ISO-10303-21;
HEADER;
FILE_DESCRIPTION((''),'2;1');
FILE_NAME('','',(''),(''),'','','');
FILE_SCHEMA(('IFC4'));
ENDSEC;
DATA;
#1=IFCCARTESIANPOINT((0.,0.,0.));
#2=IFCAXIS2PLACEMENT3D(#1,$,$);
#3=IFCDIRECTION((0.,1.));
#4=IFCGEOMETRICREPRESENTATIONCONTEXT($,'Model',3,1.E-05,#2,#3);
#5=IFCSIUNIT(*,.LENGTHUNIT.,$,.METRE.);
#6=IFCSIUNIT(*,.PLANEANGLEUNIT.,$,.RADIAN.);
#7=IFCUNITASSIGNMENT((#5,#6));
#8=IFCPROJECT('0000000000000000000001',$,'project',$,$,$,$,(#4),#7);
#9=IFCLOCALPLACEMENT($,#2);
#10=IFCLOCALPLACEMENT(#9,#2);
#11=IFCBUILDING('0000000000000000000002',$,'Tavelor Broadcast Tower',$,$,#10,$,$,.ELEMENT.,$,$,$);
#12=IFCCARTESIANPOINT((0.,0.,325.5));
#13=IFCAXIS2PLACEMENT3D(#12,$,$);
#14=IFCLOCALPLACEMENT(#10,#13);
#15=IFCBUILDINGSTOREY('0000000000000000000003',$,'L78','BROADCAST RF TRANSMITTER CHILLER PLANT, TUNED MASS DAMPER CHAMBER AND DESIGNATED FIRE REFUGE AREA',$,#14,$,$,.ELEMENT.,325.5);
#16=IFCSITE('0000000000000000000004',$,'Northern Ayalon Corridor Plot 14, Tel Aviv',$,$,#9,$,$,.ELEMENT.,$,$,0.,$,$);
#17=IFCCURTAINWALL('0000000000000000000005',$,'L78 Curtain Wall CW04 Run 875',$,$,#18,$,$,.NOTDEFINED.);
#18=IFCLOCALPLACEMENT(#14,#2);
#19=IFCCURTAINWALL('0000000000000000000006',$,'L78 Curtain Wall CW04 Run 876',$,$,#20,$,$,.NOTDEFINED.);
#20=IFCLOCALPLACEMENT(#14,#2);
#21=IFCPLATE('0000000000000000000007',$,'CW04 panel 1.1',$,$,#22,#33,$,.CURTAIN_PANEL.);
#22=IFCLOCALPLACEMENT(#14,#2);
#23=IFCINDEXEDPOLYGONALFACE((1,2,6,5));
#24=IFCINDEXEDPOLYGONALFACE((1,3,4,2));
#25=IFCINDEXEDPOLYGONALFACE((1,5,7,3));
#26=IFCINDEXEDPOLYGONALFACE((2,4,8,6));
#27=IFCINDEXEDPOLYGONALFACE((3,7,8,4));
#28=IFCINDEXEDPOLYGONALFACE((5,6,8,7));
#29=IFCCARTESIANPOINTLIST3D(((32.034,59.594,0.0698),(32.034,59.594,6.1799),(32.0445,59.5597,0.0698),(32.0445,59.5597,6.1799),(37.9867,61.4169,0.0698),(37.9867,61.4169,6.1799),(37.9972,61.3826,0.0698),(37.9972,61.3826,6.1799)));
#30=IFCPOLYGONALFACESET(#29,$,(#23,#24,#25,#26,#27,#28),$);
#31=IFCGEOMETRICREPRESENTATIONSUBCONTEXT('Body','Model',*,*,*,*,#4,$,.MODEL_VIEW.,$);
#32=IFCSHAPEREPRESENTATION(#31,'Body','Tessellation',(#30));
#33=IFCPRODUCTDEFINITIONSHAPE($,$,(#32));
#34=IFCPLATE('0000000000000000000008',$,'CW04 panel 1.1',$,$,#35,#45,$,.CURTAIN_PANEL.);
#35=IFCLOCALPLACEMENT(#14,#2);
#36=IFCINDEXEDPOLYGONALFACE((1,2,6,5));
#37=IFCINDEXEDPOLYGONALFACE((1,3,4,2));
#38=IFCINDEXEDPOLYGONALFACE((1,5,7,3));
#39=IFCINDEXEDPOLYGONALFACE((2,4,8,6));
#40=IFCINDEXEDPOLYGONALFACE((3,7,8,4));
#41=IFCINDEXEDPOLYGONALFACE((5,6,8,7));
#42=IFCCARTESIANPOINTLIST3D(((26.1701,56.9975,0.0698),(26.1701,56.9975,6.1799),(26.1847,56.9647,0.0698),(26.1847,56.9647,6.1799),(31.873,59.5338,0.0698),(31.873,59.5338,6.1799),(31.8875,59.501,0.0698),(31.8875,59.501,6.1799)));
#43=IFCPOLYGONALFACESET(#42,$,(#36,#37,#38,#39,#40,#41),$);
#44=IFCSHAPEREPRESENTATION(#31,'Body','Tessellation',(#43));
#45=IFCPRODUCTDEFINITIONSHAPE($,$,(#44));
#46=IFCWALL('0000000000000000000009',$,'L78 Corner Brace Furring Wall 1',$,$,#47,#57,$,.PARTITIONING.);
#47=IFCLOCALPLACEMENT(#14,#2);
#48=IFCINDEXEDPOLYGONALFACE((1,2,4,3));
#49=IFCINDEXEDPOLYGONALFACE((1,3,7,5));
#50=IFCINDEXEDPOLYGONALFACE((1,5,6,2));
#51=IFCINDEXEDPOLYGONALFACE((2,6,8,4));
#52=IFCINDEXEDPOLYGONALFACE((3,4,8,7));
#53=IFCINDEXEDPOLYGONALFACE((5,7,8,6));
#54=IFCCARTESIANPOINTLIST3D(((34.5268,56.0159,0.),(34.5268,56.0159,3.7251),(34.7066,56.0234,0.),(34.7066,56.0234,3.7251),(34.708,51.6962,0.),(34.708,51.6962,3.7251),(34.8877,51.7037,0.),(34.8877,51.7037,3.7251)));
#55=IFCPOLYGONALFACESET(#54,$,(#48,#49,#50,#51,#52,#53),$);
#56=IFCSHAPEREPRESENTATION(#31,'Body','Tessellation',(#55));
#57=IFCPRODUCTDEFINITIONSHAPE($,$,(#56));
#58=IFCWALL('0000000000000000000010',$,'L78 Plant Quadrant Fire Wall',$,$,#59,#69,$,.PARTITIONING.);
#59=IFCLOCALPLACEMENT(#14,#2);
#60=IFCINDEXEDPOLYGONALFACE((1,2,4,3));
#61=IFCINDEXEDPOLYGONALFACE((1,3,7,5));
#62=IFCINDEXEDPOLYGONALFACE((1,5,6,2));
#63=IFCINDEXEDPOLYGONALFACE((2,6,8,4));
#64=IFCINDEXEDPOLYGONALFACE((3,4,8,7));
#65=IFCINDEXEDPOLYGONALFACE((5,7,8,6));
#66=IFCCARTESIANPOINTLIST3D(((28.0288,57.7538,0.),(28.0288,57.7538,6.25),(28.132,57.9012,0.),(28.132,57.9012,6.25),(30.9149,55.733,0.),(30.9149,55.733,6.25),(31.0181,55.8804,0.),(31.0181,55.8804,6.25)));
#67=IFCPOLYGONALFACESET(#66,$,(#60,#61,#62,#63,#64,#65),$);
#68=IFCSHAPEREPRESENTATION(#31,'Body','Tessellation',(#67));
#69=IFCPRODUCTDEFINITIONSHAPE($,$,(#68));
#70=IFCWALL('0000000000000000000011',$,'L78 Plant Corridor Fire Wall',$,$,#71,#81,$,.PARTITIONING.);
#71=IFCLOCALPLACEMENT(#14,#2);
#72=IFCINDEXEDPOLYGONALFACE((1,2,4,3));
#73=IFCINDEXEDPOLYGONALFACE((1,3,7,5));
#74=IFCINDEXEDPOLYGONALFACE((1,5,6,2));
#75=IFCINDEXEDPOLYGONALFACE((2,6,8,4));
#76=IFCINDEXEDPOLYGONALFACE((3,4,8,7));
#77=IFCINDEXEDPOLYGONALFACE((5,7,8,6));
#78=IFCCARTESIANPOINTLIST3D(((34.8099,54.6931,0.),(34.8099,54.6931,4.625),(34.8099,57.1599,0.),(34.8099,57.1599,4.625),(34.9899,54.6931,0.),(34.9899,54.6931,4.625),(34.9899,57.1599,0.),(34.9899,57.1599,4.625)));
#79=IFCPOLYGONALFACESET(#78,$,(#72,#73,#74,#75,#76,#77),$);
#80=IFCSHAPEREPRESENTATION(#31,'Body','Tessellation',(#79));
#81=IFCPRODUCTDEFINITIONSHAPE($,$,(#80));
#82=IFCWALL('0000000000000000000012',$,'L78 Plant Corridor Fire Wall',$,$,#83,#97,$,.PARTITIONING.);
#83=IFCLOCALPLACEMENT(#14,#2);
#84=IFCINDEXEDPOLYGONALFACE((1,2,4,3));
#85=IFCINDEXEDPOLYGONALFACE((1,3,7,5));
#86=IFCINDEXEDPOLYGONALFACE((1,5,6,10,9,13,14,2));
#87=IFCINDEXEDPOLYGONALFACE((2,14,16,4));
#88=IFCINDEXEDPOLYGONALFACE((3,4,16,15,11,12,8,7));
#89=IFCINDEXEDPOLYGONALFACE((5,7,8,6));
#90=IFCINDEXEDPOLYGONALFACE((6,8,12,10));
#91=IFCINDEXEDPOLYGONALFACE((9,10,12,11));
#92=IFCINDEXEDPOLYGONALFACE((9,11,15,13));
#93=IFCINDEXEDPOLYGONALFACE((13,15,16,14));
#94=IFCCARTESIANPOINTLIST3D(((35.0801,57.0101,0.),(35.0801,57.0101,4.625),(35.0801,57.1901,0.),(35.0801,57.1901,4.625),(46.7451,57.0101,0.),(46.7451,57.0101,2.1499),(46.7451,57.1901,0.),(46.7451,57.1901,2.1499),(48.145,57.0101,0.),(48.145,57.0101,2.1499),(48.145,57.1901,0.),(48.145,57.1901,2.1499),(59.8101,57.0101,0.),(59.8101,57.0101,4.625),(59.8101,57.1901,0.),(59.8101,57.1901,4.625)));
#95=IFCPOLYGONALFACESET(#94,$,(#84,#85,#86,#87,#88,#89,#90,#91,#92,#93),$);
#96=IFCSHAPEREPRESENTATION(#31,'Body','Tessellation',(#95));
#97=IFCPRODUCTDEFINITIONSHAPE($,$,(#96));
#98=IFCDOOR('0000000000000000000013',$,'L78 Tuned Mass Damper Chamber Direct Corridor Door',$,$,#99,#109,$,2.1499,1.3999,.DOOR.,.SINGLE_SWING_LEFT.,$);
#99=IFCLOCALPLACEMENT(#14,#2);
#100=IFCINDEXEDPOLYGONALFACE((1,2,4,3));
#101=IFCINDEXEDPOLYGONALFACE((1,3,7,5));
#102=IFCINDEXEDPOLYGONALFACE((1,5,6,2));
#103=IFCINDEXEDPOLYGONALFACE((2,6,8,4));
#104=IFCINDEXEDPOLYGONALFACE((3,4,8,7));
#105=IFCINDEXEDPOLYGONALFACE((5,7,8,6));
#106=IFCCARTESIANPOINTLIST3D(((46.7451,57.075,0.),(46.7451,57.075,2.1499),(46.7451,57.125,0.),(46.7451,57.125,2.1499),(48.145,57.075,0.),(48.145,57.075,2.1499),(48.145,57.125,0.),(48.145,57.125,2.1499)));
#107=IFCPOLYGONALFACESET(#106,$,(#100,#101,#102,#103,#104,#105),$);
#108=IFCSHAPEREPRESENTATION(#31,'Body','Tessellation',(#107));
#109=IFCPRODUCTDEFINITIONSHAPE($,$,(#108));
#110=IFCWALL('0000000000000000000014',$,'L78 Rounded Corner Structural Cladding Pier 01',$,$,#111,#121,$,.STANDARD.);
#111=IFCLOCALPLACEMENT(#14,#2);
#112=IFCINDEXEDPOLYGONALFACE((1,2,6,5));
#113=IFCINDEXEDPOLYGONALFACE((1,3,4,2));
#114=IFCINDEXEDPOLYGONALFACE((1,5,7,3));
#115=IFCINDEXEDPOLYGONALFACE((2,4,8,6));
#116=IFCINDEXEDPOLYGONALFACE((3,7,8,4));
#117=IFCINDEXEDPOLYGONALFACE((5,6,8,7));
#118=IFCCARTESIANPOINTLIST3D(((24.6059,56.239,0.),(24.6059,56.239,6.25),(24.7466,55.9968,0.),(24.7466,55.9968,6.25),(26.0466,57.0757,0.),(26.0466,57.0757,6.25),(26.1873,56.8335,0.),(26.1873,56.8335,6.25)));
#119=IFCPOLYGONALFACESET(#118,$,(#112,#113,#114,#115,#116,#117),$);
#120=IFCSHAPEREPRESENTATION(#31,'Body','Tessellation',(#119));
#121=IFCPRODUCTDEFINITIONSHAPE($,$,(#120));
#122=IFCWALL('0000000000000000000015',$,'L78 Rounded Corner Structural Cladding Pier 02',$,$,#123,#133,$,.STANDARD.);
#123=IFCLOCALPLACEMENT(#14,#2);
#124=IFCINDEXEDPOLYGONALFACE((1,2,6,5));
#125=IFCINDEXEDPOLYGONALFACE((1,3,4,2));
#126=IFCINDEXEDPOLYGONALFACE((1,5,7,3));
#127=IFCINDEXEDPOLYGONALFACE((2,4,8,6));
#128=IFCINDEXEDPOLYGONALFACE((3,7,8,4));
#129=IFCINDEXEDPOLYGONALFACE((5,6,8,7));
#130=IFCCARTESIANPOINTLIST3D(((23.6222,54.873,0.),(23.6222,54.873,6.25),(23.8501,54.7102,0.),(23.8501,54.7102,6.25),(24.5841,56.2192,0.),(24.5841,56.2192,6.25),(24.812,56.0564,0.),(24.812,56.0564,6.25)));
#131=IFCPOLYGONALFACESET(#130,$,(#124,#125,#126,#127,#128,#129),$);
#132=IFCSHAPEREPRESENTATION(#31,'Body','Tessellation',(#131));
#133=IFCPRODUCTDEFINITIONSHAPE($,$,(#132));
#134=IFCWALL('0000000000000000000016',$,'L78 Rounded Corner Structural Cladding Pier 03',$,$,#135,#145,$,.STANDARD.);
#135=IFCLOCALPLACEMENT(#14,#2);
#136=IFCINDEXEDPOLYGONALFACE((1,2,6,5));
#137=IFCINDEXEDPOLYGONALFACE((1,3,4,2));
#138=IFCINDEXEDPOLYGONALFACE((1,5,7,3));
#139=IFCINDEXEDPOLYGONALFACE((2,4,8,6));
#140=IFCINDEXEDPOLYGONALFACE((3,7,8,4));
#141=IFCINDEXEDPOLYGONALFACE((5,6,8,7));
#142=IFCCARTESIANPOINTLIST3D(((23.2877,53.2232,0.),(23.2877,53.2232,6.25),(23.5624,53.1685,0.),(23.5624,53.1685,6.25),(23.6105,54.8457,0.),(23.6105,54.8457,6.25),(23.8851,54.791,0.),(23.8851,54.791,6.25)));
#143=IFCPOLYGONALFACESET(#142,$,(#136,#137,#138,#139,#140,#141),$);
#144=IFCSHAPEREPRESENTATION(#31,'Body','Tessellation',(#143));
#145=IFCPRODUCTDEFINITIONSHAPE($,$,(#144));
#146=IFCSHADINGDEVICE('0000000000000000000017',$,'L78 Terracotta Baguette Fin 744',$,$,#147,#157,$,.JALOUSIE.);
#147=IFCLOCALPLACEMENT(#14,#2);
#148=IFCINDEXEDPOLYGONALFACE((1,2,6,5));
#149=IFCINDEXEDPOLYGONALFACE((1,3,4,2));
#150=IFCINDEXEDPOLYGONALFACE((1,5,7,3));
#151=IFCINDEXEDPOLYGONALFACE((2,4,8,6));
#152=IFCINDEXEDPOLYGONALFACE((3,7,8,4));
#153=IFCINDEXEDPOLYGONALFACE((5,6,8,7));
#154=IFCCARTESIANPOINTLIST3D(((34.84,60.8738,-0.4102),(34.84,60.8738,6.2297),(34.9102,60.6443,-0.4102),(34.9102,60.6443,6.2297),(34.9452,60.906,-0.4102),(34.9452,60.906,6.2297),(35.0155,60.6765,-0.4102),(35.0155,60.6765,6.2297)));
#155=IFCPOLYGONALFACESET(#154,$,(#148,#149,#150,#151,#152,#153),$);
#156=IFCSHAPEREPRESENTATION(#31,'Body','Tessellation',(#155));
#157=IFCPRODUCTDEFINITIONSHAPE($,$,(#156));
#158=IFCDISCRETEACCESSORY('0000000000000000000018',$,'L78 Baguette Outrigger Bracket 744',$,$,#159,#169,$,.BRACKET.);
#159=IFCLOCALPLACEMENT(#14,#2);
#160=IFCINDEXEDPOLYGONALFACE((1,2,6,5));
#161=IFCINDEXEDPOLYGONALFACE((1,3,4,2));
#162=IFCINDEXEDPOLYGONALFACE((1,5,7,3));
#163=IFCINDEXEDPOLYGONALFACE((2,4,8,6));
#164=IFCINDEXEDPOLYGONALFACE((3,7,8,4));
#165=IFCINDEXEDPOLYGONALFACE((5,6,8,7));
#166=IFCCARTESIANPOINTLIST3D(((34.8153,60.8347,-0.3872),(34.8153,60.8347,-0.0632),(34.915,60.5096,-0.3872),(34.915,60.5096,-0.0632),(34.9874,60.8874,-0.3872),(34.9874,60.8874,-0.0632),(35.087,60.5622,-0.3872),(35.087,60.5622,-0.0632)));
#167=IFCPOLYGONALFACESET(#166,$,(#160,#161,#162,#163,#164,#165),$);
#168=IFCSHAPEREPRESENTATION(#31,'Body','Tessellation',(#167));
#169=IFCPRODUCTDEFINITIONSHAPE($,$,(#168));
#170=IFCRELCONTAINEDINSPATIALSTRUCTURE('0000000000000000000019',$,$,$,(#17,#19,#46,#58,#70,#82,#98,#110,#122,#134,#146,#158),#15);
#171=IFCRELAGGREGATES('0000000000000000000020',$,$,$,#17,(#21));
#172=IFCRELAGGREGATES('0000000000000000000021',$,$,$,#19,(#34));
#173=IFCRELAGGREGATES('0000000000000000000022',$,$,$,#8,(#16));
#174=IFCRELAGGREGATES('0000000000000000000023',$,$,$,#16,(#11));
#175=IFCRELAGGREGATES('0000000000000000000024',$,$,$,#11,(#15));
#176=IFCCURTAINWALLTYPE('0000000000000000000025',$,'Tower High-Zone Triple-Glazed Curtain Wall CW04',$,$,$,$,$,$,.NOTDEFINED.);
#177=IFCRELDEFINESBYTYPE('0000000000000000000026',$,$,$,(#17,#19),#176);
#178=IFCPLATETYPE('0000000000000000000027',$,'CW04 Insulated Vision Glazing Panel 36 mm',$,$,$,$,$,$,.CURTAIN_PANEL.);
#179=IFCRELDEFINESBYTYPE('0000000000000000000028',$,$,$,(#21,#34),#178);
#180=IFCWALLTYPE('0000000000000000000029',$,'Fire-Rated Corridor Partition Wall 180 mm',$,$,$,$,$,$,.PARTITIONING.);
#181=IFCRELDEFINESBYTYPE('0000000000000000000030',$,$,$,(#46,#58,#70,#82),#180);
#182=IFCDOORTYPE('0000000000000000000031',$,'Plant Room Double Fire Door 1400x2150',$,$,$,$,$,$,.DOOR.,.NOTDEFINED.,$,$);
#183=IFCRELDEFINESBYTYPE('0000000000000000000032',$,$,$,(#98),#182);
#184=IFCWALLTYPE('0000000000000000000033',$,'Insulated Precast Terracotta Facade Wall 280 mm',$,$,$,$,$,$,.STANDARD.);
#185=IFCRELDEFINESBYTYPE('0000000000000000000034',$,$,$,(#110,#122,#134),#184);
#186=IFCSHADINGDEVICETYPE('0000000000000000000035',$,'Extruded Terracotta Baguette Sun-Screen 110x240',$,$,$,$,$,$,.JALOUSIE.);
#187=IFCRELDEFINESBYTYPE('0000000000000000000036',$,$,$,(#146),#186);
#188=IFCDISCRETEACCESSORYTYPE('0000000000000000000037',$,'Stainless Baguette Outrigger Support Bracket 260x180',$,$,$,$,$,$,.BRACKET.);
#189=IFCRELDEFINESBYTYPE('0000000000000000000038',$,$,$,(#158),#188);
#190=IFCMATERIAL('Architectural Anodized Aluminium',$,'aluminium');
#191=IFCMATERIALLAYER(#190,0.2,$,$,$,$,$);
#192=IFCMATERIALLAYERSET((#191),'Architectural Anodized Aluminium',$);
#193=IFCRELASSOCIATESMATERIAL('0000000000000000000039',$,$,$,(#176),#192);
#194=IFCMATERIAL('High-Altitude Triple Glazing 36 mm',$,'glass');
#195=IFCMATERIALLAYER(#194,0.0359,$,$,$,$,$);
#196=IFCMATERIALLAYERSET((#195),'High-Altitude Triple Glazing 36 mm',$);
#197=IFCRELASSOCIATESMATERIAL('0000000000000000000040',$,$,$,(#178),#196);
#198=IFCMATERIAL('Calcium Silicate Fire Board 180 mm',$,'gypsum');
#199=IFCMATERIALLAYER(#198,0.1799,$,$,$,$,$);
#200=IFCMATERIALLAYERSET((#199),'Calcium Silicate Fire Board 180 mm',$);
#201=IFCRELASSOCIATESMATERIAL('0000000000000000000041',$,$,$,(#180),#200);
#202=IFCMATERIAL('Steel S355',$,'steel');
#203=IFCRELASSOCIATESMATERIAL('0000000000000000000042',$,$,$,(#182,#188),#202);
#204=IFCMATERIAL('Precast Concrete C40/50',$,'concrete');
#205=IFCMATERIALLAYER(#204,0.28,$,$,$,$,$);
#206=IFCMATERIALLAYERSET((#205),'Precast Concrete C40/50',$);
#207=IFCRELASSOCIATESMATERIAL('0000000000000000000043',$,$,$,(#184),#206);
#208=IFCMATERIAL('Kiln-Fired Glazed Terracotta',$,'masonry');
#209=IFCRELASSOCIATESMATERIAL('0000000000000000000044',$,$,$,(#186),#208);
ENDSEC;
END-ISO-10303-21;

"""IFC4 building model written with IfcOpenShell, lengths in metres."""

from ifc_helpers import new_model, si_unit, direction, frame, frame_2d, origin, origin_2d, place, context, subcontext, project, spatial, rectangle, extrude, source, transform, mapped, material, layer, layer_set, type_object, type_shapes, element, fill, aggregate, save


model = new_model("IFC4")

# Units and contexts
model_context = context("Model", 3, precision=1e-05, world=origin(), true_north=direction((0.0, 1.0)))
body_context = subcontext(model_context, "Body", "Model", "MODEL_VIEW")
ifc_project = project(units=[si_unit("LENGTHUNIT", "METRE"), si_unit("PLANEANGLEUNIT", "RADIAN")], contexts=[model_context])

# Site, building, storey
site_placement = place(None, origin())
site = spatial("IfcSite", under=ifc_project, at=site_placement, Name="Northern Ayalon Corridor Plot 14, Tel Aviv", CompositionType="ELEMENT", RefElevation=0.0)
building_placement = place(site_placement, origin())
building = spatial("IfcBuilding", under=site, at=building_placement, Name="Tavelor Broadcast Tower", CompositionType="ELEMENT")
storey_placement = place(building_placement, frame((0.0, 0.0, 325.5)))
storey = spatial("IfcBuildingStorey", under=building, at=storey_placement, Name="L78", Description="BROADCAST RF TRANSMITTER CHILLER PLANT, TUNED MASS DAMPER CHAMBER AND DESIGNATED FIRE REFUGE AREA", CompositionType="ELEMENT", Elevation=325.5)

# Curtain wall
ifc_material_1 = material(Name="Architectural Anodized Aluminium", Category="aluminium")
ifc_layer_1 = layer(ifc_material_1, 0.2)
ifc_layer_set_1 = layer_set([ifc_layer_1], Name="Architectural Anodized Aluminium")
curtain_wall_type = type_object("IfcCurtainWallType", Name="Tower High-Zone Triple-Glazed Curtain Wall CW04", PredefinedType="NOTDEFINED", material=ifc_layer_set_1)
curtain_wall_1_placement = place(storey_placement, origin())
curtain_wall_1 = element("IfcCurtainWall", 1, at=curtain_wall_1_placement, inside=storey, type_object=curtain_wall_type, Name="L78 Curtain Wall CW04 Run 875", PredefinedType="NOTDEFINED")

# Curtain wall
curtain_wall_2_placement = place(storey_placement, origin())
curtain_wall_2 = element("IfcCurtainWall", 2, at=curtain_wall_2_placement, inside=storey, type_object=curtain_wall_type, Name="L78 Curtain Wall CW04 Run 876", PredefinedType="NOTDEFINED")

# Plates
ifc_material_2 = material(Name="High-Altitude Triple Glazing 36 mm", Category="glass")
ifc_layer_2 = layer(ifc_material_2, 0.0359)
ifc_layer_set_2 = layer_set([ifc_layer_2], Name="High-Altitude Triple Glazing 36 mm")
plate_type_1 = type_object("IfcPlateType", Name="CW04 Insulated Vision Glazing Panel 36 mm", PredefinedType="CURTAIN_PANEL", material=ifc_layer_set_2)
shared_shape_1 = source(origin(), body_context, "Body", "SweptSolid", [
    extrude(rectangle(XDim=6.2256, YDim=0.0359, at=origin_2d()), origin(), (0.0, 0.0, 1.0), 6.1101),
])
plate_1_placement = place(storey_placement, frame((35.0156, 60.4883, 0.0698), z_axis=(0.0, 0.0, 1.0), x_axis=(-0.95617, -0.292813, 0.0)))
plate_1 = element("IfcPlate", 3, at=plate_1_placement, type_object=plate_type_1, Name="CW04 panel 1.1", PredefinedType="CURTAIN_PANEL", context=body_context, shape_type="MappedRepresentation", body=[
    mapped(shared_shape_1, transform((0.0, 0.0, 0.0), scale=1.0)),
])
aggregate(curtain_wall_1, [plate_1])
shared_shape_2 = source(origin(), body_context, "Body", "SweptSolid", [
    extrude(rectangle(XDim=6.2415, YDim=0.0359, at=origin_2d()), origin(), (0.0, 0.0, 1.0), 6.1101),
])
type_shapes(plate_type_1, [shared_shape_1, shared_shape_2])
plate_2_placement = place(storey_placement, frame((29.0288, 58.2493, 0.0698), z_axis=(0.0, 0.0, 1.0), x_axis=(-0.913711, -0.406365, 0.0)))
plate_2 = element("IfcPlate", 4, at=plate_2_placement, type_object=plate_type_1, Name="CW04 panel 1.1", PredefinedType="CURTAIN_PANEL", context=body_context, shape_type="MappedRepresentation", body=[
    mapped(shared_shape_2, transform((0.0, 0.0, 0.0), scale=1.0)),
])
aggregate(curtain_wall_2, [plate_2])

# Walls
ifc_material_3 = material(Name="Calcium Silicate Fire Board 180 mm", Category="gypsum")
ifc_layer_3 = layer(ifc_material_3, 0.1799)
ifc_layer_set_3 = layer_set([ifc_layer_3], Name="Calcium Silicate Fire Board 180 mm")
wall_type_1 = type_object("IfcWallType", Name="Fire-Rated Corridor Partition Wall 180 mm", PredefinedType="PARTITIONING", material=ifc_layer_set_3)
wall_1_placement = place(storey_placement, frame((34.6167, 56.0195, 0.0), z_axis=(0.0, 0.0, 1.0), x_axis=(0.041901, -0.999122, 0.0)))
element("IfcWall", 5, at=wall_1_placement, inside=storey, type_object=wall_type_1, Name="L78 Corner Brace Furring Wall 1", PredefinedType="PARTITIONING", context=body_context, shape_type="SweptSolid", body=[
    extrude(rectangle(XDim=4.3235, YDim=0.1799, at=frame_2d((2.1616, 0.0))), origin(), (0.0, 0.0, 1.0), 3.7251),
])
wall_2_placement = place(storey_placement, frame((30.9666, 55.8066, 0.0), z_axis=(0.0, 0.0, 1.0), x_axis=(-0.819157, 0.573569, 0.0)))
element("IfcWall", 6, at=wall_2_placement, inside=storey, type_object=wall_type_1, Name="L78 Plant Quadrant Fire Wall", PredefinedType="PARTITIONING", context=body_context, shape_type="SweptSolid", body=[
    extrude(rectangle(XDim=3.5232, YDim=0.1799, at=frame_2d((1.7617, 0.0))), origin(), (0.0, 0.0, 1.0), 6.25),
])
wall_3_placement = place(storey_placement, frame((34.8999, 54.6931, 0.0), z_axis=(0.0, 0.0, 1.0), x_axis=(0.0, 1.0, 0.0)))
element("IfcWall", 7, at=wall_3_placement, inside=storey, type_object=wall_type_1, Name="L78 Plant Corridor Fire Wall", PredefinedType="PARTITIONING", context=body_context, shape_type="SweptSolid", body=[
    extrude(rectangle(XDim=2.4668, YDim=0.1799, at=frame_2d((1.2334, 0.0))), origin(), (0.0, 0.0, 1.0), 4.625),
])

# Wall, opening, door
wall_4_placement = place(storey_placement, frame((35.0801, 57.1001, 0.0), z_axis=(0.0, 0.0, 1.0), x_axis=(1.0, 0.0, 0.0)))
wall_4 = element("IfcWall", 8, at=wall_4_placement, inside=storey, type_object=wall_type_1, Name="L78 Plant Corridor Fire Wall", PredefinedType="PARTITIONING", context=body_context, shape_type="SweptSolid", body=[
    extrude(rectangle(XDim=24.73, YDim=0.1799, at=frame_2d((12.365, 0.0))), origin(), (0.0, 0.0, 1.0), 4.625),
])
opening_placement = place(wall_4_placement, frame((11.665, 0.0, 0.0)))
opening = element("IfcOpeningElement", 9, at=opening_placement, cuts=wall_4, PredefinedType="OPENING", context=body_context, shape_type="SweptSolid", body=[
    extrude(rectangle(XDim=1.3999, YDim=2.1499, at=frame_2d((0.7, 1.075))), frame((0.0, 0.1001, 0.0), z_axis=(0.0, -1.0, 0.0), x_axis=(1.0, 0.0, 0.0)), (0.0, 0.0, 1.0), 0.2),
])
ifc_material_4 = material(Name="Steel S355", Category="steel")
door_type = type_object("IfcDoorType", Name="Plant Room Double Fire Door 1400x2150", OperationType="NOTDEFINED", PredefinedType="DOOR", material=ifc_material_4)
door_placement = place(opening_placement, origin())
door = element("IfcDoor", 10, at=door_placement, inside=storey, type_object=door_type, Name="L78 Tuned Mass Damper Chamber Direct Corridor Door", OperationType="SINGLE_SWING_LEFT", OverallHeight=2.1499, OverallWidth=1.3999, PredefinedType="DOOR", context=body_context, shape_type="SweptSolid", body=[
    extrude(rectangle(XDim=1.3999, YDim=2.1499, at=frame_2d((0.7, 1.075))), frame((0.0, 0.0249, 0.0), z_axis=(0.0, -1.0, 0.0), x_axis=(1.0, 0.0, 0.0)), (0.0, 0.0, 1.0), 0.05),
])
fill(opening, door)

# Walls
ifc_material_5 = material(Name="Precast Concrete C40/50", Category="concrete")
ifc_layer_4 = layer(ifc_material_5, 0.28)
ifc_layer_set_4 = layer_set([ifc_layer_4], Name="Precast Concrete C40/50")
wall_type_2 = type_object("IfcWallType", Name="Insulated Precast Terracotta Facade Wall 280 mm", PredefinedType="STANDARD", material=ifc_layer_set_4)
wall_5_placement = place(storey_placement, frame((26.1169, 56.9546, 0.0), z_axis=(0.0, 0.0, 1.0), x_axis=(-0.86475, -0.502203, 0.0)))
element("IfcWall", 11, at=wall_5_placement, inside=storey, type_object=wall_type_2, Name="L78 Rounded Corner Structural Cladding Pier 01", PredefinedType="STANDARD", context=body_context, shape_type="SweptSolid", body=[
    extrude(rectangle(XDim=1.666, YDim=0.28, at=frame_2d((0.833, 0.0))), origin(), (0.0, 0.0, 1.0), 6.25),
])
wall_6_placement = place(storey_placement, frame((24.698, 56.1377, 0.0), z_axis=(0.0, 0.0, 1.0), x_axis=(-0.581378, -0.813634, 0.0)))
element("IfcWall", 12, at=wall_6_placement, inside=storey, type_object=wall_type_2, Name="L78 Rounded Corner Structural Cladding Pier 02", PredefinedType="STANDARD", context=body_context, shape_type="SweptSolid", body=[
    extrude(rectangle(XDim=1.6545, YDim=0.28, at=frame_2d((0.8271, 0.0))), origin(), (0.0, 0.0, 1.0), 6.25),
])
wall_7_placement = place(storey_placement, frame((23.7478, 54.8184, 0.0), z_axis=(0.0, 0.0, 1.0), x_axis=(-0.195094, -0.980784, 0.0)))
element("IfcWall", 13, at=wall_7_placement, inside=storey, type_object=wall_type_2, Name="L78 Rounded Corner Structural Cladding Pier 03", PredefinedType="STANDARD", context=body_context, shape_type="SweptSolid", body=[
    extrude(rectangle(XDim=1.6543, YDim=0.28, at=frame_2d((0.8271, 0.0))), origin(), (0.0, 0.0, 1.0), 6.25),
])

# Shading device
ifc_material_6 = material(Name="Kiln-Fired Glazed Terracotta", Category="masonry")
shading_device_type = type_object("IfcShadingDeviceType", Name="Extruded Terracotta Baguette Sun-Screen 110x240", PredefinedType="JALOUSIE", material=ifc_material_6)
shared_shape_3 = source(origin(), body_context, "Body", "SweptSolid", [
    extrude(rectangle(XDim=0.1101, YDim=0.24, at=origin_2d()), origin(), (0.0, 0.0, 1.0), 6.6399),
])
type_shapes(shading_device_type, [shared_shape_3])
shading_device_placement = place(storey_placement, frame((34.9277, 60.7751, -0.4102), z_axis=(0.0, 0.0, 1.0), x_axis=(-0.956152, -0.292872, 0.0)))
element("IfcShadingDevice", 14, at=shading_device_placement, inside=storey, type_object=shading_device_type, Name="L78 Terracotta Baguette Fin 744", PredefinedType="JALOUSIE", context=body_context, shape_type="MappedRepresentation", body=[
    mapped(shared_shape_3, transform((0.0, 0.0, 0.0), scale=1.0)),
])

# Discrete accessory
discrete_accessory_type = type_object("IfcDiscreteAccessoryType", Name="Stainless Baguette Outrigger Support Bracket 260x180", PredefinedType="BRACKET", material=ifc_material_4)
shared_shape_4 = source(origin(), body_context, "Body", "SweptSolid", [
    extrude(rectangle(XDim=0.1799, YDim=0.3401, at=origin_2d()), origin(), (0.0, 0.0, 1.0), 0.324),
])
type_shapes(discrete_accessory_type, [shared_shape_4])
discrete_accessory_placement = place(storey_placement, frame((34.9512, 60.6985, -0.3872), z_axis=(0.0, 0.0, 1.0), x_axis=(-0.956152, -0.292872, 0.0)))
element("IfcDiscreteAccessory", 15, at=discrete_accessory_placement, inside=storey, type_object=discrete_accessory_type, Name="L78 Baguette Outrigger Bracket 744", PredefinedType="BRACKET", context=body_context, shape_type="MappedRepresentation", body=[
    mapped(shared_shape_4, transform((0.0, 0.0, 0.0), scale=1.0)),
])

save(model, "model.ifc")
